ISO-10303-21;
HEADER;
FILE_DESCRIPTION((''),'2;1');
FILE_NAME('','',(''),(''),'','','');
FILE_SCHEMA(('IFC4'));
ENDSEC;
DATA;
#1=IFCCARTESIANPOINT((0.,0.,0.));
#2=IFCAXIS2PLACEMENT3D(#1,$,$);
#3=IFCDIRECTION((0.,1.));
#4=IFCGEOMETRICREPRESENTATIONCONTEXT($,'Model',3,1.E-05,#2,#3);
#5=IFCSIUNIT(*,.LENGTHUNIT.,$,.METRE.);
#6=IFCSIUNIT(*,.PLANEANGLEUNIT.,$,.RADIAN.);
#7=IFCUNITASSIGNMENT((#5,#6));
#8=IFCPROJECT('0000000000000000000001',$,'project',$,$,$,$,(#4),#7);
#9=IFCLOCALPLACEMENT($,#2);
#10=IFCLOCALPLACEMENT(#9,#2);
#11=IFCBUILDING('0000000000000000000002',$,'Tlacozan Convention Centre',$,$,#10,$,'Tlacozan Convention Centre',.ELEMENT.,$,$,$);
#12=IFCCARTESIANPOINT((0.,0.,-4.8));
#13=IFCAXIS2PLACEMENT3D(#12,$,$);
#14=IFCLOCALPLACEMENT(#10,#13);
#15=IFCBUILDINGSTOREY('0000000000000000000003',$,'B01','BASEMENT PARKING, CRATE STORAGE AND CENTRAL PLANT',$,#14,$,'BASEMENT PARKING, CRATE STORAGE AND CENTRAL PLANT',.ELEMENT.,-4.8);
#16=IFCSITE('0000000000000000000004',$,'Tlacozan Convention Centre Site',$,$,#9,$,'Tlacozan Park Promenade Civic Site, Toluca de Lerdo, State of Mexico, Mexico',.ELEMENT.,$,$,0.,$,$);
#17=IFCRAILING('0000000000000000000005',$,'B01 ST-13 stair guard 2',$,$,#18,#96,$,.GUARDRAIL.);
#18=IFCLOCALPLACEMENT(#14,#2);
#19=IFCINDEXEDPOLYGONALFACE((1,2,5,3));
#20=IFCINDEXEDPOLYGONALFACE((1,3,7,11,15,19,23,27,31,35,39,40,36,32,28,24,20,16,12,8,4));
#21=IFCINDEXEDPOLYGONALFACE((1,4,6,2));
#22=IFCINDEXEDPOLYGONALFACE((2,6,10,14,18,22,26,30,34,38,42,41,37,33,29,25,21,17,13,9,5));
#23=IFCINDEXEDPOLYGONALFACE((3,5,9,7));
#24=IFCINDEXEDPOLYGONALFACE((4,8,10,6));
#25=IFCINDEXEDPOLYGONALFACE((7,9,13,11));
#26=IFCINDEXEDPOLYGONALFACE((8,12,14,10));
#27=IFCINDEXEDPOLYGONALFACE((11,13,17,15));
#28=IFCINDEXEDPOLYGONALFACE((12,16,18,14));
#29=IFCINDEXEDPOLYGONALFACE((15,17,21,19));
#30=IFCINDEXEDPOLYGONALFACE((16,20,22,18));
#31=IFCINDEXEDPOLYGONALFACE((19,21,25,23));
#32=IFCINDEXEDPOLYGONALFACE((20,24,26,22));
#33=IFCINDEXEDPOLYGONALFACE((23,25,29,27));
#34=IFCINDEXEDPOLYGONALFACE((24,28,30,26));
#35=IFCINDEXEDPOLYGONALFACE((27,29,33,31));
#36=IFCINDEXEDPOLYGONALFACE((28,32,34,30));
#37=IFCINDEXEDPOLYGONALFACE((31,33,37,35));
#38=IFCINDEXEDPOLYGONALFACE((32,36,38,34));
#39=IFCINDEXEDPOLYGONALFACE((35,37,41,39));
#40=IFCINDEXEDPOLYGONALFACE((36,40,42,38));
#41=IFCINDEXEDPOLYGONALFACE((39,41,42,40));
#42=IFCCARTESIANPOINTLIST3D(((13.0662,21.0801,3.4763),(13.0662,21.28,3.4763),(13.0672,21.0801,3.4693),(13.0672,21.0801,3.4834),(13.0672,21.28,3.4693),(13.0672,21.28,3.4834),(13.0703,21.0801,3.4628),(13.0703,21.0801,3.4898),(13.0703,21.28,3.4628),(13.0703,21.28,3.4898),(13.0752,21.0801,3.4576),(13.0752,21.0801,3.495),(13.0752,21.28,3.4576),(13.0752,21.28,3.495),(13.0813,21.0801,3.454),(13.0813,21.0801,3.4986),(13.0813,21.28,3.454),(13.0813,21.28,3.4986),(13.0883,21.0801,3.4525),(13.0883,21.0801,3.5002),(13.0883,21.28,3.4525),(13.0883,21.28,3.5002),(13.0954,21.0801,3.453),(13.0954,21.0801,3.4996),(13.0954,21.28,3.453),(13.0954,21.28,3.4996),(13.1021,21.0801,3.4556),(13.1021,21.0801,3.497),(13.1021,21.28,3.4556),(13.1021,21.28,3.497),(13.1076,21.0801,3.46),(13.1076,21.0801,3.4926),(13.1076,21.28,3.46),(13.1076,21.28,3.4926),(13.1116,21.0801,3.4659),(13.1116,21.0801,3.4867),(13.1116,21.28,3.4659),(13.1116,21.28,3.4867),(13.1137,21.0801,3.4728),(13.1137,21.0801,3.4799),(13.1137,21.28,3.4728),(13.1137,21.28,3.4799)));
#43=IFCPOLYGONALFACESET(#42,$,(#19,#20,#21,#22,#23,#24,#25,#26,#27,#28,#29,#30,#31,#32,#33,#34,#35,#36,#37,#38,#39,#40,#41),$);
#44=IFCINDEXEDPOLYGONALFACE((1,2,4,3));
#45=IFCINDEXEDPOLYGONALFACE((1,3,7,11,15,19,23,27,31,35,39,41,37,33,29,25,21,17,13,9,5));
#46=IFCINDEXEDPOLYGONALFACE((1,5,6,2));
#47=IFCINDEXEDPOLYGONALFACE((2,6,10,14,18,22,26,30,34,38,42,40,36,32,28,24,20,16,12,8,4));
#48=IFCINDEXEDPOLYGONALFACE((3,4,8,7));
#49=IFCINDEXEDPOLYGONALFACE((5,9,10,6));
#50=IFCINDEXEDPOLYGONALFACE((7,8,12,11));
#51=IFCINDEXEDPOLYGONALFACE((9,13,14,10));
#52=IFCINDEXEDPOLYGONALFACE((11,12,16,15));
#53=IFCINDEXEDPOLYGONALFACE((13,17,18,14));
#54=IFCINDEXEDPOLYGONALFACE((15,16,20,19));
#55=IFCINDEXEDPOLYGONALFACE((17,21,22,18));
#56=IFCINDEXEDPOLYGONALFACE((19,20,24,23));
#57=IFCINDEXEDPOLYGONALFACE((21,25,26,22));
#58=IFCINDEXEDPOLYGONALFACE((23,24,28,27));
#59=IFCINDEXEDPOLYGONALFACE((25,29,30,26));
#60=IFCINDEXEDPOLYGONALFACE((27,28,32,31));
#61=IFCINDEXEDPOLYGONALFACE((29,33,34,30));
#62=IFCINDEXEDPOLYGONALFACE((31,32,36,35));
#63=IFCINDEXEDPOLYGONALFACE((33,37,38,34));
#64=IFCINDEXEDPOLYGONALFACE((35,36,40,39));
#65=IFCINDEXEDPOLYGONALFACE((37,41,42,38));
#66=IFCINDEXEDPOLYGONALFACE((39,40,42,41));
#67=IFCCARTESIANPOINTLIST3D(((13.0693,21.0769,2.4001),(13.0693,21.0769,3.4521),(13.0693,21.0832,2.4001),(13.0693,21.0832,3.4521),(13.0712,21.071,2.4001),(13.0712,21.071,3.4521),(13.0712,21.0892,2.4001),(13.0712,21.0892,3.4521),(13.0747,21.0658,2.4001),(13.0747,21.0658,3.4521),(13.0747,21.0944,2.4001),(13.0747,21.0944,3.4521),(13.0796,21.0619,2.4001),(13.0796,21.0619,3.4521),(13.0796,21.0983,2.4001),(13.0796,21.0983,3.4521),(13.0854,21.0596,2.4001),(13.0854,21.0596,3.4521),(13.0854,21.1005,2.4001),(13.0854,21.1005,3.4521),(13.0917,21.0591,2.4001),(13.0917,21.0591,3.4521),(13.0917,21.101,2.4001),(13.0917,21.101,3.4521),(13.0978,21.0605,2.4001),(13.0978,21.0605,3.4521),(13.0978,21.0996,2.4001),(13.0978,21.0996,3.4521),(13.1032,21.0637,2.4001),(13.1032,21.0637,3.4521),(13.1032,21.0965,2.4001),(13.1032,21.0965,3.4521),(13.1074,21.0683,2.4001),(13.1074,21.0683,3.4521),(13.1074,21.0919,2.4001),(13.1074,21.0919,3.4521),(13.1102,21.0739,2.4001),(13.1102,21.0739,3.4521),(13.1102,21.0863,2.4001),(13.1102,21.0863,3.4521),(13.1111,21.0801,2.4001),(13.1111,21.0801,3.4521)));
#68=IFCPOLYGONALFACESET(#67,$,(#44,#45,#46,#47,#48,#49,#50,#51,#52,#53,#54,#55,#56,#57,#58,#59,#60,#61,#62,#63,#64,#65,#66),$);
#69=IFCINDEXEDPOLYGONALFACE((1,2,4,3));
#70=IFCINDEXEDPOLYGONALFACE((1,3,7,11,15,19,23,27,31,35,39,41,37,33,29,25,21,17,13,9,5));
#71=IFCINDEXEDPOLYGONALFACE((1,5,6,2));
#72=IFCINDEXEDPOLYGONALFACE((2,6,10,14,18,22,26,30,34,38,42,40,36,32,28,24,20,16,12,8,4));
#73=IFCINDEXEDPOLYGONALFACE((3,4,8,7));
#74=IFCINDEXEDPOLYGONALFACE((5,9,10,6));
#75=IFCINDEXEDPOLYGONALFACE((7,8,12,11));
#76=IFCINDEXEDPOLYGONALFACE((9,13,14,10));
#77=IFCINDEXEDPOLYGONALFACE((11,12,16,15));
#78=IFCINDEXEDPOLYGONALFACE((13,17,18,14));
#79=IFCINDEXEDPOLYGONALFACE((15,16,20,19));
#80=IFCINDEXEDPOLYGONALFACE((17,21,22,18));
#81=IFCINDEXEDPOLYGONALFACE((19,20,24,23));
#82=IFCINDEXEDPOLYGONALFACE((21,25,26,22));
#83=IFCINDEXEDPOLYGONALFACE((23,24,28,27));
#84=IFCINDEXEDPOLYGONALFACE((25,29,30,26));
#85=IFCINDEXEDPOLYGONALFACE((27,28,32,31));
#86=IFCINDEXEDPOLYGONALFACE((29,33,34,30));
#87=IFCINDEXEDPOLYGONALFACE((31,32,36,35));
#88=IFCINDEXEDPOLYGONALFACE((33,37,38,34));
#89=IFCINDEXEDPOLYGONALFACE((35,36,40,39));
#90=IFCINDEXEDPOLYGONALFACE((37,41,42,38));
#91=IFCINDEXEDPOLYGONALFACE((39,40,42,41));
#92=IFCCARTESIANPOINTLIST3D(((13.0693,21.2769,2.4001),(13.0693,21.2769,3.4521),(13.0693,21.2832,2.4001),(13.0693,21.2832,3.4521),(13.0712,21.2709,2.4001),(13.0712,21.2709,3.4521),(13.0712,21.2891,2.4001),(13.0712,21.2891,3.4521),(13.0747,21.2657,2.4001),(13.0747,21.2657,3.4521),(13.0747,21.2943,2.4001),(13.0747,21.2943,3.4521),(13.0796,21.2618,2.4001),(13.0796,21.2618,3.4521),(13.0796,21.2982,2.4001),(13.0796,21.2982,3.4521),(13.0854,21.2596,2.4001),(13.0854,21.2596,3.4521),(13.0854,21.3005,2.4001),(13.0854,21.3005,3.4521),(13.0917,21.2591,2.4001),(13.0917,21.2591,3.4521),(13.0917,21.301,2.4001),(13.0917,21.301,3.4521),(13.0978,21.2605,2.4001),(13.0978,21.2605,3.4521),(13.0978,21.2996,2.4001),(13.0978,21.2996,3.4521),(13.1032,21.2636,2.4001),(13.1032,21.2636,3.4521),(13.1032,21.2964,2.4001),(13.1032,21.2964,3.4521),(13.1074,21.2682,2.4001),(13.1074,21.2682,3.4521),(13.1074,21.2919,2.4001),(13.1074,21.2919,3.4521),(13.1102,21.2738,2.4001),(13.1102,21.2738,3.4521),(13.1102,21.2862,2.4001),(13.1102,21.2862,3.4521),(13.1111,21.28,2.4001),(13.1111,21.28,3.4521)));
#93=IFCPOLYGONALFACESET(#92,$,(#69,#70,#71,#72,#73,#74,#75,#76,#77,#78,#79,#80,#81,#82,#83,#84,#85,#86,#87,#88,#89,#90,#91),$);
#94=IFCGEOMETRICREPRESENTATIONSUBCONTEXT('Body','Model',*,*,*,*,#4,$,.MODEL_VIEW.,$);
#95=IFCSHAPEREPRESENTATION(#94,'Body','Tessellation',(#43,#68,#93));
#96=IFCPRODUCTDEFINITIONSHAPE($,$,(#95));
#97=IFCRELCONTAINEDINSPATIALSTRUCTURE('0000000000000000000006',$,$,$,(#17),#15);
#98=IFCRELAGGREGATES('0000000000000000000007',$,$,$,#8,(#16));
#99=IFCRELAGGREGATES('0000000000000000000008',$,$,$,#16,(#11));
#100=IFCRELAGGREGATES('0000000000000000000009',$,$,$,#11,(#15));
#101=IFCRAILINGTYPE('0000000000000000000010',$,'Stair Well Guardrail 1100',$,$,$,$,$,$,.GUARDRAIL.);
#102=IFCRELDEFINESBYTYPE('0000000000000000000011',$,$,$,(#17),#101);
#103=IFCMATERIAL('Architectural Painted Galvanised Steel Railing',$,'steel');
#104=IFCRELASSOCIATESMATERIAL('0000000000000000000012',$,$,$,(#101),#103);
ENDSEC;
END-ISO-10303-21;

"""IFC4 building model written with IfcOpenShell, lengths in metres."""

from ifc_helpers import new_model, si_unit, direction, frame, origin, origin_2d, place, context, subcontext, project, spatial, circle, extrude, material, type_object, element, save


model = new_model("IFC4")

# Units and contexts
model_context = context("Model", 3, precision=1e-05, world=origin(), true_north=direction((0.0, 1.0)))
body_context = subcontext(model_context, "Body", "Model", "MODEL_VIEW")
ifc_project = project(units=[si_unit("LENGTHUNIT", "METRE"), si_unit("PLANEANGLEUNIT", "RADIAN")], contexts=[model_context])

# Site, building, storey
site_placement = place(None, origin())
site = spatial("IfcSite", under=ifc_project, at=site_placement, Name="Tlacozan Convention Centre Site", LongName="Tlacozan Park Promenade Civic Site, Toluca de Lerdo, State of Mexico, Mexico", CompositionType="ELEMENT", RefElevation=0.0)
building_placement = place(site_placement, origin())
building = spatial("IfcBuilding", under=site, at=building_placement, Name="Tlacozan Convention Centre", LongName="Tlacozan Convention Centre", CompositionType="ELEMENT")
storey_placement = place(building_placement, frame((0.0, 0.0, -4.8)))
storey = spatial("IfcBuildingStorey", under=building, at=storey_placement, Name="B01", Description="BASEMENT PARKING, CRATE STORAGE AND CENTRAL PLANT", LongName="BASEMENT PARKING, CRATE STORAGE AND CENTRAL PLANT", CompositionType="ELEMENT", Elevation=-4.8)

# Railing
ifc_material_1 = material(Name="Architectural Painted Galvanised Steel Railing", Category="steel")
railing_type_1 = type_object("IfcRailingType", Name="Stair Well Guardrail 1100", PredefinedType="GUARDRAIL", material=ifc_material_1)
railing_1_placement = place(storey_placement, frame((13.0901, 21.0801, 2.4001)))
element("IfcRailing", 1, at=railing_1_placement, inside=storey, type_object=railing_type_1, Name="B01 ST-13 stair guard 2", PredefinedType="GUARDRAIL", context=body_context, shape_type="SweptSolid", body=[
    extrude(circle(Radius=0.0239, at=origin_2d()), frame((0.0, 0.0, 1.0762), z_axis=(0.0, 1.0, 0.0), x_axis=(-1.0, 0.0, 0.0)), (0.0, 0.0, 1.0), 0.2),
    extrude(circle(Radius=0.021, at=origin_2d()), origin(), (0.0, 0.0, 1.0), 1.052),
    extrude(circle(Radius=0.021, at=origin_2d()), frame((0.0, 0.2, 0.0)), (0.0, 0.0, 1.0), 1.052),
])

save(model, "model.ifc")
